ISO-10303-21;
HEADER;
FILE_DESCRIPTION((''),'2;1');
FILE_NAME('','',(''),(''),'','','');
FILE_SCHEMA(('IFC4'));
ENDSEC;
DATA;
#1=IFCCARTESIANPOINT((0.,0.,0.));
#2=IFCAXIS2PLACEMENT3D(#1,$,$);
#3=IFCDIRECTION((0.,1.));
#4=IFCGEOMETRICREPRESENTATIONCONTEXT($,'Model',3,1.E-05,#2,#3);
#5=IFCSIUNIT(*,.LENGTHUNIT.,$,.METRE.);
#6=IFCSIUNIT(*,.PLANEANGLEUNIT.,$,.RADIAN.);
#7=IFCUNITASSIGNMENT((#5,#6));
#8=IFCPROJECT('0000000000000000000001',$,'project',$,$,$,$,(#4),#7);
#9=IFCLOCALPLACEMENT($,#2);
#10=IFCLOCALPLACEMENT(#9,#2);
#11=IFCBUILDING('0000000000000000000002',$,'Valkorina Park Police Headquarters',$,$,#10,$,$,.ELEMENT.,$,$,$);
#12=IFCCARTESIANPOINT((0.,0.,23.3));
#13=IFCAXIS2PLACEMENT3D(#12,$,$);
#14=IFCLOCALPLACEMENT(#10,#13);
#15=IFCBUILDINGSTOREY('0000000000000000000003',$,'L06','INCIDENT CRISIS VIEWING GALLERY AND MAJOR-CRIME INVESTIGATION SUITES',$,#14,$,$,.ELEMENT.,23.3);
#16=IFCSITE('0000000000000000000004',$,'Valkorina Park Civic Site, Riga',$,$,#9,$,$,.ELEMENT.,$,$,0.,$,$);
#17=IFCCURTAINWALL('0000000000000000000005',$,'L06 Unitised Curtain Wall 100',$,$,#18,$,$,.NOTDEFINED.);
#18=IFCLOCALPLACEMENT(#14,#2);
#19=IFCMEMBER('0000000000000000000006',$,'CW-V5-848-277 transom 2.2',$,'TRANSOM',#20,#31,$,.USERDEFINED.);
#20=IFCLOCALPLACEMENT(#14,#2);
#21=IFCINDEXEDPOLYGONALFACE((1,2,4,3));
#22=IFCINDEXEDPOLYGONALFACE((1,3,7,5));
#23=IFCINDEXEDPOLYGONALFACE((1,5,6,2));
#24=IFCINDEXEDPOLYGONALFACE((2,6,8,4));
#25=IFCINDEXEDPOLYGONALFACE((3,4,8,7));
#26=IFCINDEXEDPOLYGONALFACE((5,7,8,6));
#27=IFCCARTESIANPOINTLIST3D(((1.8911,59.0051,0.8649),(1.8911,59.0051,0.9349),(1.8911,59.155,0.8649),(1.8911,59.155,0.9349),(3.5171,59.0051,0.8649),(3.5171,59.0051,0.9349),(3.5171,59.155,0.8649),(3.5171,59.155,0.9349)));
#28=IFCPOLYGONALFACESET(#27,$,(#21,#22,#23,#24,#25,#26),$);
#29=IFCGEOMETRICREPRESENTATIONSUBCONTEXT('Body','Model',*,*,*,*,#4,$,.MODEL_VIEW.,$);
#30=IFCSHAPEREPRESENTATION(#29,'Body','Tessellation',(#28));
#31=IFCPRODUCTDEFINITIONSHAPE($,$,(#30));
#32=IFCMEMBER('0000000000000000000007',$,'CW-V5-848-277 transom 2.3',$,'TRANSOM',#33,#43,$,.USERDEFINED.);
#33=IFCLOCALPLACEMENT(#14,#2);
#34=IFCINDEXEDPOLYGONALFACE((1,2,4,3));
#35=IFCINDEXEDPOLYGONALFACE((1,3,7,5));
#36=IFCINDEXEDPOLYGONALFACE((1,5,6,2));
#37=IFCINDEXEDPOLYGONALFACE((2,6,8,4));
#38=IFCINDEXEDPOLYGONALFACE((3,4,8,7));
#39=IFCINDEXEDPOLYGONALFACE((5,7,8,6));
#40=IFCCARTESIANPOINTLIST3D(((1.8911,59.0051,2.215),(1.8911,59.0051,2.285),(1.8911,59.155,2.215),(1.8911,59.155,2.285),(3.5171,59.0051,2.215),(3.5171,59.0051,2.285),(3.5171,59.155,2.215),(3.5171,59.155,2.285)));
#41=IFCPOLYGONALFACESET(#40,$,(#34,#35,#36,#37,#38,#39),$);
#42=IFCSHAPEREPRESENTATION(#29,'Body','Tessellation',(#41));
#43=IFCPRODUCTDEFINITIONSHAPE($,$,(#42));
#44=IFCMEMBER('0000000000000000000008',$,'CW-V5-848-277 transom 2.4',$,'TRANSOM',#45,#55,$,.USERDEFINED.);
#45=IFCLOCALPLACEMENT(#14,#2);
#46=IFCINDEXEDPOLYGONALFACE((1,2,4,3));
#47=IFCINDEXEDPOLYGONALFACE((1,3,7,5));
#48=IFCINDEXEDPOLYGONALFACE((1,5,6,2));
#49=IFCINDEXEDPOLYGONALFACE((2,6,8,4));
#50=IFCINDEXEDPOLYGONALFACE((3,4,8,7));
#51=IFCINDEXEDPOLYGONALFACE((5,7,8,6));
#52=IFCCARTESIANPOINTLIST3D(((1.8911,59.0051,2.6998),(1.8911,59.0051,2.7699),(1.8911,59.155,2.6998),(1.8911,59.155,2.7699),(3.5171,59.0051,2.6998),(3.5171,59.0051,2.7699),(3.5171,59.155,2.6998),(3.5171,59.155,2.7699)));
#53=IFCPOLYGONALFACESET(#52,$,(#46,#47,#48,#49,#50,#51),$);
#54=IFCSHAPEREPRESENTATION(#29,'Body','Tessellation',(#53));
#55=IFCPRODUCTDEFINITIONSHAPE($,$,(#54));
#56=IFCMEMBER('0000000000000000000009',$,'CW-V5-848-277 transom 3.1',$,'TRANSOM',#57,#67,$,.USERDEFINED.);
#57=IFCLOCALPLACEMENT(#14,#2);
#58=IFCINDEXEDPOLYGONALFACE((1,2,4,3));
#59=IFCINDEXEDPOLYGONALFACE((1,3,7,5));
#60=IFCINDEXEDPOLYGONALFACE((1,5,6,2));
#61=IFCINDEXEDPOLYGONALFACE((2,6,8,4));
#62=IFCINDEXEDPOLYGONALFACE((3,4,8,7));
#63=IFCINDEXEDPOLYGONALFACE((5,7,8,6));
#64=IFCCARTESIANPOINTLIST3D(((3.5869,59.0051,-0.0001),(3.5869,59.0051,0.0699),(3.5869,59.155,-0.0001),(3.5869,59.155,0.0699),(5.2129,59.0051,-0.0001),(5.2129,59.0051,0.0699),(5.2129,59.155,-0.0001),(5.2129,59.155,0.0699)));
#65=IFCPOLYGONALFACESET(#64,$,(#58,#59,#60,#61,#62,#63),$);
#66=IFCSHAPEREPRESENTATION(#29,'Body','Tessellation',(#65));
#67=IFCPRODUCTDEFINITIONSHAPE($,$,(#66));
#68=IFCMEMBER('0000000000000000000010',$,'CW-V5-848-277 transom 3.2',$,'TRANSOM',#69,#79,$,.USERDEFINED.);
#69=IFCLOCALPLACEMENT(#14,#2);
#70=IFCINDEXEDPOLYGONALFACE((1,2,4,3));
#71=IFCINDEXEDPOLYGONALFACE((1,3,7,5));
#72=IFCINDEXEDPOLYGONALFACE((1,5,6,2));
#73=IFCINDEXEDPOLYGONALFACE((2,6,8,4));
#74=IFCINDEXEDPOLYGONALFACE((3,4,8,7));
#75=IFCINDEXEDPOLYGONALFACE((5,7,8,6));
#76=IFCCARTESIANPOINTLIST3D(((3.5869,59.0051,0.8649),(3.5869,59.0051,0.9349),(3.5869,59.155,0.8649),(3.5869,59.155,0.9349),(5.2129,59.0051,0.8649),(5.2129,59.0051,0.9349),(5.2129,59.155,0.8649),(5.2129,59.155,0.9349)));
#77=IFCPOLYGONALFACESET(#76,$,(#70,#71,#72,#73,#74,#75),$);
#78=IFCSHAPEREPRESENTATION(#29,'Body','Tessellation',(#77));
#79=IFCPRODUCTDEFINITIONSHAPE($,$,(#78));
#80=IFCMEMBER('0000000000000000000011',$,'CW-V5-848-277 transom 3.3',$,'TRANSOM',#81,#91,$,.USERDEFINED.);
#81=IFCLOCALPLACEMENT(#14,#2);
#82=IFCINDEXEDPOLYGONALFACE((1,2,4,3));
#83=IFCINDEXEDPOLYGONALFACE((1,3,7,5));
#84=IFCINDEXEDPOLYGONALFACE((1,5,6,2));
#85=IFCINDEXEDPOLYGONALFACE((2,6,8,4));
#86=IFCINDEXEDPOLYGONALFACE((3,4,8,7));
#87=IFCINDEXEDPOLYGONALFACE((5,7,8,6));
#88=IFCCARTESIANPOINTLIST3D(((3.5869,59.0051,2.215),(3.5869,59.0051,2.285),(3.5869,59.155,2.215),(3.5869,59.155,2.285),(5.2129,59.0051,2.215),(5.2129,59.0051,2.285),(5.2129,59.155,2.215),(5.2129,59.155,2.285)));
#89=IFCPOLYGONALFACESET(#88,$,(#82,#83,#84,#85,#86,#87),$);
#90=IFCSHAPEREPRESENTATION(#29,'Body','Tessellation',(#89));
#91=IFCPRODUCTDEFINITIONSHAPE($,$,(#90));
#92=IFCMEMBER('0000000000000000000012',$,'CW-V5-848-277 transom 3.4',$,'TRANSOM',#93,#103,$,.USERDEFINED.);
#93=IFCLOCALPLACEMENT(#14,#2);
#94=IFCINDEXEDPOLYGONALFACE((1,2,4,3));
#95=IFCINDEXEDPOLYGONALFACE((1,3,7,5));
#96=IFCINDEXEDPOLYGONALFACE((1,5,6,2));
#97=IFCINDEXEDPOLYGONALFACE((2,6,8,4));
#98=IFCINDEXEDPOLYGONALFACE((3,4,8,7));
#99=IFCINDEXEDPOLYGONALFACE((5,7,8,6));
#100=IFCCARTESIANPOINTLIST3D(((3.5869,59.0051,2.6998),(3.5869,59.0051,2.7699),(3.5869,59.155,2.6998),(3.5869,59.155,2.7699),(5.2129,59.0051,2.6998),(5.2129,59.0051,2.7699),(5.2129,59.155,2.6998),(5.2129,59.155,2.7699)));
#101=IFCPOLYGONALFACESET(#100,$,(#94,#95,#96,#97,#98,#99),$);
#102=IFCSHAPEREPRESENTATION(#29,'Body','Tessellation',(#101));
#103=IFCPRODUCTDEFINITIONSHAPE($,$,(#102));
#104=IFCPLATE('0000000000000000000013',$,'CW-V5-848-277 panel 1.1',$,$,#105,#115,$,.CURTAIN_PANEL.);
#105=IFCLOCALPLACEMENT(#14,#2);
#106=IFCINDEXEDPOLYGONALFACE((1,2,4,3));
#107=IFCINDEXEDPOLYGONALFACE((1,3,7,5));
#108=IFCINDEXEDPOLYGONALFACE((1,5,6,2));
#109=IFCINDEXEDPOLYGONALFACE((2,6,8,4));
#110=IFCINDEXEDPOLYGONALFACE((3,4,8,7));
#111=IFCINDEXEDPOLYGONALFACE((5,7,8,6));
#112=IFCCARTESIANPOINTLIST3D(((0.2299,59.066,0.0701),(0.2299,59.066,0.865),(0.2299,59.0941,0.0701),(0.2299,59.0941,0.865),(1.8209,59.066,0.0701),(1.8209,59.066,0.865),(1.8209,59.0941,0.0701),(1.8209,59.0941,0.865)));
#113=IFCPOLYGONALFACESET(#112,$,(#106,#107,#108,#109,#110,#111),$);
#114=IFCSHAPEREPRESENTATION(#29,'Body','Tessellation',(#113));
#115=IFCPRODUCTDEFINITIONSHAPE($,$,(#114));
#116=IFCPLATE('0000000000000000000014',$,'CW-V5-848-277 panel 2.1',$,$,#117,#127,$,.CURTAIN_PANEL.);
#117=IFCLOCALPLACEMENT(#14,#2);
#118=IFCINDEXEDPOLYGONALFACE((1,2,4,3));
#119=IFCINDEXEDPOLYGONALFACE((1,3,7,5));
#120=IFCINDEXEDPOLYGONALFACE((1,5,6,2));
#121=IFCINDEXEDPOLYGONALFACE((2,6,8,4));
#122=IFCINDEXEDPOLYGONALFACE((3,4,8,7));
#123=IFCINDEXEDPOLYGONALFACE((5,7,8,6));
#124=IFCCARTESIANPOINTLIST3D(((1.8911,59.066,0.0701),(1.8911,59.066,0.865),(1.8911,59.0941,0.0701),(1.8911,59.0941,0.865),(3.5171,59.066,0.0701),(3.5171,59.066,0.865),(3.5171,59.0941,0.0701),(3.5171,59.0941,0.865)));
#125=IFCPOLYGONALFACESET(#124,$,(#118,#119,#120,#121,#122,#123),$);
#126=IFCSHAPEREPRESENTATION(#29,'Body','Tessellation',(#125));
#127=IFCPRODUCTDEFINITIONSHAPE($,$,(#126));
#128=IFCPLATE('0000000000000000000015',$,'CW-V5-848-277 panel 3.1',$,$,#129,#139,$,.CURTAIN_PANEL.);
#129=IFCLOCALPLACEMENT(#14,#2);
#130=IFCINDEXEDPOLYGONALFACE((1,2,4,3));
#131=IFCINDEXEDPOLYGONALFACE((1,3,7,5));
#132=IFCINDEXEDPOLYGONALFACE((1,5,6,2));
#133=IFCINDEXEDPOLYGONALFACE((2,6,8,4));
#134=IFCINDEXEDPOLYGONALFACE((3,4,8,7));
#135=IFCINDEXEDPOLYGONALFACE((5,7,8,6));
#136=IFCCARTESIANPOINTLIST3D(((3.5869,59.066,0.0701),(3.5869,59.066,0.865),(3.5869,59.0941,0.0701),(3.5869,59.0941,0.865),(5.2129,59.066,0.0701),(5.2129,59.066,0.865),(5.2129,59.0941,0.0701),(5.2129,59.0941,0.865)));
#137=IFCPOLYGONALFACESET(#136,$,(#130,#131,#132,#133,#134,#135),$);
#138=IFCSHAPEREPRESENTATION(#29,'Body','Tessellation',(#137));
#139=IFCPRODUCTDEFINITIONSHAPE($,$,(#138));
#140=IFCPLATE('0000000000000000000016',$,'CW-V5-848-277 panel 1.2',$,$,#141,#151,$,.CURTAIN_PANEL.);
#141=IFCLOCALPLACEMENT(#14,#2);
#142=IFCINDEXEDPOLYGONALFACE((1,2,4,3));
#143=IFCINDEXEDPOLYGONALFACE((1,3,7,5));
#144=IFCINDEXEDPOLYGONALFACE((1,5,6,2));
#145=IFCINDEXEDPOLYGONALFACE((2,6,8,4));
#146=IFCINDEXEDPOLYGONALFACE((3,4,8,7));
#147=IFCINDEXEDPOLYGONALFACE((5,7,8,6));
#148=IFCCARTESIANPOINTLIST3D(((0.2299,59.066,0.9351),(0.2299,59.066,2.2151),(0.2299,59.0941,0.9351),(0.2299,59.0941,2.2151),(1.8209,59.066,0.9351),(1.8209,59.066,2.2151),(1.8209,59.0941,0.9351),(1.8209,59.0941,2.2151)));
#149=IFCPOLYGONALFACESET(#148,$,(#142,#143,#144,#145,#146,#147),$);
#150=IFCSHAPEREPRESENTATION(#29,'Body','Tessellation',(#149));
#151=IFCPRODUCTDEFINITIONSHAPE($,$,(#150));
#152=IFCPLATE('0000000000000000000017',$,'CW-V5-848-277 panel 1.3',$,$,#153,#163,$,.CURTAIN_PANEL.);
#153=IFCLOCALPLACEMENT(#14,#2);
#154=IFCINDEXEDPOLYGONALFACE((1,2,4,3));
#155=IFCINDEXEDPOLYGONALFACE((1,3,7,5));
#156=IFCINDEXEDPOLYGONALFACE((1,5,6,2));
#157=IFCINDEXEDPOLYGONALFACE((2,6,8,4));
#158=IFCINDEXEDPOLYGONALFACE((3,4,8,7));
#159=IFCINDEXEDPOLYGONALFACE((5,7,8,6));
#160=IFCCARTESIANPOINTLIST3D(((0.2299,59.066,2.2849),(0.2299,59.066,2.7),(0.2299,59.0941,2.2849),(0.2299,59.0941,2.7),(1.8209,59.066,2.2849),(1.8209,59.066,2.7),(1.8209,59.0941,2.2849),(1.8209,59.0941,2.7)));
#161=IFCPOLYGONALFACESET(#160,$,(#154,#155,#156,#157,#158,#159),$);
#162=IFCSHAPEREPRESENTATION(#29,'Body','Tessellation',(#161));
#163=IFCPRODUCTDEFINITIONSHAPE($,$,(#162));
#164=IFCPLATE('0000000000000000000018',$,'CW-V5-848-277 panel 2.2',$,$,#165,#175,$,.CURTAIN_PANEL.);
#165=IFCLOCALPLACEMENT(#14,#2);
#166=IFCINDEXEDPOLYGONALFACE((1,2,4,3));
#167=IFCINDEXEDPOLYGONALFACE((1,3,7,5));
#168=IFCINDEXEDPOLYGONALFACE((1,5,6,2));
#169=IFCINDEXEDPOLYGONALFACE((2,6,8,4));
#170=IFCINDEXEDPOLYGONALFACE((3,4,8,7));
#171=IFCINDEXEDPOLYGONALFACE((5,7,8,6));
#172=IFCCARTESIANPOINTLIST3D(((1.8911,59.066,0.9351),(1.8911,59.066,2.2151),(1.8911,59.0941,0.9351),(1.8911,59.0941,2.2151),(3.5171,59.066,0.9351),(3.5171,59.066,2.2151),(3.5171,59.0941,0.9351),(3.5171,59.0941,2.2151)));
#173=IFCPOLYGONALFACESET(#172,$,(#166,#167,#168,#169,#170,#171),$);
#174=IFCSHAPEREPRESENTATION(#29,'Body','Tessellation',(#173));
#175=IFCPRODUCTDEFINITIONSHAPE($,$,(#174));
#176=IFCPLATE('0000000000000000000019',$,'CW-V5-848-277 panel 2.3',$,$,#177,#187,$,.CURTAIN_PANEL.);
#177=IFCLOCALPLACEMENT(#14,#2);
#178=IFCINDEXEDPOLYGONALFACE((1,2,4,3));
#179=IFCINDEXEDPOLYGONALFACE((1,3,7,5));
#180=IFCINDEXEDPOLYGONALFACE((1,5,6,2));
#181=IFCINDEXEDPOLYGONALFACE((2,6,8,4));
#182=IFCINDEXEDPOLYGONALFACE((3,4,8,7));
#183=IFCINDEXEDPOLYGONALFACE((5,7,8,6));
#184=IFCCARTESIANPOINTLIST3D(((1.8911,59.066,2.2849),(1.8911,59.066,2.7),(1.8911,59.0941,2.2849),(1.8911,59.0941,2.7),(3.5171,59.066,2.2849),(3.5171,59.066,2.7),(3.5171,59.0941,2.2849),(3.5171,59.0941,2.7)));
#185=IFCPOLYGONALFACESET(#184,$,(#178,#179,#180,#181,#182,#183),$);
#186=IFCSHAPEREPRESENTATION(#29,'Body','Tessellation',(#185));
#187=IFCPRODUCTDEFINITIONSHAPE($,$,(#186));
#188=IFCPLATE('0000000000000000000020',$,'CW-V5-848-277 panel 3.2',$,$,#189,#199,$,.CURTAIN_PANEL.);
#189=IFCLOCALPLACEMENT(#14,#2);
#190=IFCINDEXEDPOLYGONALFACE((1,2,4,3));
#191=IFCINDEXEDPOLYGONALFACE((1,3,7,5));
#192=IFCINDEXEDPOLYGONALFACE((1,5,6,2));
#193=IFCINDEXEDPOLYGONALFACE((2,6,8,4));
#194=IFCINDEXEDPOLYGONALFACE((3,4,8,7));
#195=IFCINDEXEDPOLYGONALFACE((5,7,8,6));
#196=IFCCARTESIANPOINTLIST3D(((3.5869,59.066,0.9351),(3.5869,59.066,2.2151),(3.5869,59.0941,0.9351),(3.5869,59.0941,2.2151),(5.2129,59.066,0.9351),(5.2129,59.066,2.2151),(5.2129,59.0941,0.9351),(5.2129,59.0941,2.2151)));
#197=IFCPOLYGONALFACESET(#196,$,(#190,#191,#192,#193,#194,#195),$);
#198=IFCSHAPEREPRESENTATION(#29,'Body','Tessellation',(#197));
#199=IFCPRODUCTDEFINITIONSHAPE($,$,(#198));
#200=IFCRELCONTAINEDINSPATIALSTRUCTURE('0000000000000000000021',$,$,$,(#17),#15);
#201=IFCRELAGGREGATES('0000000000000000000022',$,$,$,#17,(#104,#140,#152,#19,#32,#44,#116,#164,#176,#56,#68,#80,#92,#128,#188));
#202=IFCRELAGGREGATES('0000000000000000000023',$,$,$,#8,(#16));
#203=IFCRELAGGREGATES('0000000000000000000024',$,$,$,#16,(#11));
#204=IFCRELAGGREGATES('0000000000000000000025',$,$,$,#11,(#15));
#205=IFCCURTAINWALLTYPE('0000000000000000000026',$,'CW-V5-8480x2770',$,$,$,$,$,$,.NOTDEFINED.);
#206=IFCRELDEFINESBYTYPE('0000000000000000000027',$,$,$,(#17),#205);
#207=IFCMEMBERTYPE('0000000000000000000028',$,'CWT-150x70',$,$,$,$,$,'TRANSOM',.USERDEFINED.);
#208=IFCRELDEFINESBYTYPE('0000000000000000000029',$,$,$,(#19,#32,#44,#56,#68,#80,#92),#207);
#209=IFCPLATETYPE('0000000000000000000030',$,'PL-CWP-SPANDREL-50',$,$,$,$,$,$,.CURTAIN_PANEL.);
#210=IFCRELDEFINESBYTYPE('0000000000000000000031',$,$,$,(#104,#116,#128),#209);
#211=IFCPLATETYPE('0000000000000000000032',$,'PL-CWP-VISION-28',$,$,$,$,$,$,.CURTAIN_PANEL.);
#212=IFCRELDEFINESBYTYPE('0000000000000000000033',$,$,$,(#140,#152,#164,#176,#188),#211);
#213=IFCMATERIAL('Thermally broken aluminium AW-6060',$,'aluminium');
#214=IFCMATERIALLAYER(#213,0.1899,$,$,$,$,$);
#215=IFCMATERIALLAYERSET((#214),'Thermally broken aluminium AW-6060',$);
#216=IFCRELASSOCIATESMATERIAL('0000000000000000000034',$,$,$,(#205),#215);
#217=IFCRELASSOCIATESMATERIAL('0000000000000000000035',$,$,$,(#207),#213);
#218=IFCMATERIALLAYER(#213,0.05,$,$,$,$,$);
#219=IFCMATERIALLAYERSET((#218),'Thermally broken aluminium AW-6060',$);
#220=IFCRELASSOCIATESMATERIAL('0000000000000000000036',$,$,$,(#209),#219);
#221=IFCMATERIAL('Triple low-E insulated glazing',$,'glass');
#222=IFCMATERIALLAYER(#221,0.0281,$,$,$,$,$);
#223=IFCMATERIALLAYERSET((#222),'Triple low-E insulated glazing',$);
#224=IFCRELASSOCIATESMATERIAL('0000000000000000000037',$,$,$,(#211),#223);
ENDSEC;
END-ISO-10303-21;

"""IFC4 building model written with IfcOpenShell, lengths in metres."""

from ifc_helpers import new_model, si_unit, direction, frame, origin, origin_2d, place, context, subcontext, project, spatial, rectangle, extrude, material, layer, layer_set, material_profile, profile_set, type_object, element, aggregate, save


model = new_model("IFC4")

# Units and contexts
model_context = context("Model", 3, precision=1e-05, world=origin(), true_north=direction((0.0, 1.0)))
body_context = subcontext(model_context, "Body", "Model", "MODEL_VIEW")
ifc_project = project(units=[si_unit("LENGTHUNIT", "METRE"), si_unit("PLANEANGLEUNIT", "RADIAN")], contexts=[model_context])

# Site, building, storey
site_placement = place(None, origin())
site = spatial("IfcSite", under=ifc_project, at=site_placement, Name="Valkorina Park Civic Site, Riga", CompositionType="ELEMENT", RefElevation=0.0)
building_placement = place(site_placement, origin())
building = spatial("IfcBuilding", under=site, at=building_placement, Name="Valkorina Park Police Headquarters", CompositionType="ELEMENT")
storey_placement = place(building_placement, frame((0.0, 0.0, 23.3)))
storey = spatial("IfcBuildingStorey", under=building, at=storey_placement, Name="L06", Description="INCIDENT CRISIS VIEWING GALLERY AND MAJOR-CRIME INVESTIGATION SUITES", CompositionType="ELEMENT", Elevation=23.3)

# Curtain wall, members, plates
ifc_material_1 = material(Name="Thermally broken aluminium AW-6060", Category="aluminium")
ifc_layer_1 = layer(ifc_material_1, 0.1899)
ifc_layer_set_1 = layer_set([ifc_layer_1], Name="Thermally broken aluminium AW-6060")
curtain_wall_type = type_object("IfcCurtainWallType", Name="CW-V5-8480x2770", PredefinedType="NOTDEFINED", material=ifc_layer_set_1)
curtain_wall_placement = place(storey_placement, origin())
curtain_wall = element("IfcCurtainWall", 1, at=curtain_wall_placement, inside=storey, type_object=curtain_wall_type, Name="L06 Unitised Curtain Wall 100", PredefinedType="NOTDEFINED")
ifc_material_profile_1 = material_profile(ifc_material_1, rectangle(XDim=0.1499, YDim=0.0701, at=origin_2d()), Name="CWT-02 150x70")
ifc_profile_set_1 = profile_set([ifc_material_profile_1], Name="Thermally broken aluminium AW-6060")
member_type_1 = type_object("IfcMemberType", Name="CWT-150x70", ElementType="TRANSOM", PredefinedType="USERDEFINED", material=ifc_profile_set_1)
member_1_placement = place(storey_placement, frame((1.8911, 59.0801, 0.8999), z_axis=(1.0, 0.0, 0.0), x_axis=(0.0, 1.0, 0.0)))
member_1 = element("IfcMember", 2, at=member_1_placement, type_object=member_type_1, Name="CW-V5-848-277 transom 2.2", ObjectType="TRANSOM", PredefinedType="USERDEFINED", context=body_context, shape_type="SweptSolid", body=[
    extrude(rectangle(XDim=0.1499, YDim=0.0701, at=origin_2d()), origin(), (0.0, 0.0, 1.0), 1.626),
])
member_2_placement = place(storey_placement, frame((1.8911, 59.0801, 2.25), z_axis=(1.0, 0.0, 0.0), x_axis=(0.0, 1.0, 0.0)))
member_2 = element("IfcMember", 3, at=member_2_placement, type_object=member_type_1, Name="CW-V5-848-277 transom 2.3", ObjectType="TRANSOM", PredefinedType="USERDEFINED", context=body_context, shape_type="SweptSolid", body=[
    extrude(rectangle(XDim=0.1499, YDim=0.0701, at=origin_2d()), origin(), (0.0, 0.0, 1.0), 1.626),
])
member_3_placement = place(storey_placement, frame((1.8911, 59.0801, 2.7349), z_axis=(1.0, 0.0, 0.0), x_axis=(0.0, 1.0, 0.0)))
member_3 = element("IfcMember", 4, at=member_3_placement, type_object=member_type_1, Name="CW-V5-848-277 transom 2.4", ObjectType="TRANSOM", PredefinedType="USERDEFINED", context=body_context, shape_type="SweptSolid", body=[
    extrude(rectangle(XDim=0.1499, YDim=0.0701, at=origin_2d()), origin(), (0.0, 0.0, 1.0), 1.626),
])
member_4_placement = place(storey_placement, frame((3.5869, 59.0801, 0.0349), z_axis=(1.0, 0.0, 0.0), x_axis=(0.0, 1.0, 0.0)))
member_4 = element("IfcMember", 5, at=member_4_placement, type_object=member_type_1, Name="CW-V5-848-277 transom 3.1", ObjectType="TRANSOM", PredefinedType="USERDEFINED", context=body_context, shape_type="SweptSolid", body=[
    extrude(rectangle(XDim=0.1499, YDim=0.0701, at=origin_2d()), origin(), (0.0, 0.0, 1.0), 1.626),
])
member_5_placement = place(storey_placement, frame((3.5869, 59.0801, 0.8999), z_axis=(1.0, 0.0, 0.0), x_axis=(0.0, 1.0, 0.0)))
member_5 = element("IfcMember", 6, at=member_5_placement, type_object=member_type_1, Name="CW-V5-848-277 transom 3.2", ObjectType="TRANSOM", PredefinedType="USERDEFINED", context=body_context, shape_type="SweptSolid", body=[
    extrude(rectangle(XDim=0.1499, YDim=0.0701, at=origin_2d()), origin(), (0.0, 0.0, 1.0), 1.626),
])
member_6_placement = place(storey_placement, frame((3.5869, 59.0801, 2.25), z_axis=(1.0, 0.0, 0.0), x_axis=(0.0, 1.0, 0.0)))
member_6 = element("IfcMember", 7, at=member_6_placement, type_object=member_type_1, Name="CW-V5-848-277 transom 3.3", ObjectType="TRANSOM", PredefinedType="USERDEFINED", context=body_context, shape_type="SweptSolid", body=[
    extrude(rectangle(XDim=0.1499, YDim=0.0701, at=origin_2d()), origin(), (0.0, 0.0, 1.0), 1.626),
])
member_7_placement = place(storey_placement, frame((3.5869, 59.0801, 2.7349), z_axis=(1.0, 0.0, 0.0), x_axis=(0.0, 1.0, 0.0)))
member_7 = element("IfcMember", 8, at=member_7_placement, type_object=member_type_1, Name="CW-V5-848-277 transom 3.4", ObjectType="TRANSOM", PredefinedType="USERDEFINED", context=body_context, shape_type="SweptSolid", body=[
    extrude(rectangle(XDim=0.1499, YDim=0.0701, at=origin_2d()), origin(), (0.0, 0.0, 1.0), 1.626),
])
ifc_layer_2 = layer(ifc_material_1, 0.05)
ifc_layer_set_2 = layer_set([ifc_layer_2], Name="Thermally broken aluminium AW-6060")
plate_type_1 = type_object("IfcPlateType", Name="PL-CWP-SPANDREL-50", PredefinedType="CURTAIN_PANEL", material=ifc_layer_set_2)
plate_1_placement = place(storey_placement, frame((1.0254, 59.0801, 0.0701), z_axis=(0.0, 0.0, 1.0), x_axis=(1.0, 0.0, 0.0)))
plate_1 = element("IfcPlate", 9, at=plate_1_placement, type_object=plate_type_1, Name="CW-V5-848-277 panel 1.1", PredefinedType="CURTAIN_PANEL", context=body_context, shape_type="SweptSolid", body=[
    extrude(rectangle(XDim=1.5911, YDim=0.0281, at=origin_2d()), origin(), (0.0, 0.0, 1.0), 0.7949),
])
plate_2_placement = place(storey_placement, frame((2.7041, 59.0801, 0.0701), z_axis=(0.0, 0.0, 1.0), x_axis=(1.0, 0.0, 0.0)))
plate_2 = element("IfcPlate", 10, at=plate_2_placement, type_object=plate_type_1, Name="CW-V5-848-277 panel 2.1", PredefinedType="CURTAIN_PANEL", context=body_context, shape_type="SweptSolid", body=[
    extrude(rectangle(XDim=1.626, YDim=0.0281, at=origin_2d()), origin(), (0.0, 0.0, 1.0), 0.7949),
])
plate_3_placement = place(storey_placement, frame((4.3999, 59.0801, 0.0701), z_axis=(0.0, 0.0, 1.0), x_axis=(1.0, 0.0, 0.0)))
plate_3 = element("IfcPlate", 11, at=plate_3_placement, type_object=plate_type_1, Name="CW-V5-848-277 panel 3.1", PredefinedType="CURTAIN_PANEL", context=body_context, shape_type="SweptSolid", body=[
    extrude(rectangle(XDim=1.626, YDim=0.0281, at=origin_2d()), origin(), (0.0, 0.0, 1.0), 0.7949),
])
ifc_material_2 = material(Name="Triple low-E insulated glazing", Category="glass")
ifc_layer_3 = layer(ifc_material_2, 0.0281)
ifc_layer_set_3 = layer_set([ifc_layer_3], Name="Triple low-E insulated glazing")
plate_type_2 = type_object("IfcPlateType", Name="PL-CWP-VISION-28", PredefinedType="CURTAIN_PANEL", material=ifc_layer_set_3)
plate_4_placement = place(storey_placement, frame((1.0254, 59.0801, 0.9351), z_axis=(0.0, 0.0, 1.0), x_axis=(1.0, 0.0, 0.0)))
plate_4 = element("IfcPlate", 12, at=plate_4_placement, type_object=plate_type_2, Name="CW-V5-848-277 panel 1.2", PredefinedType="CURTAIN_PANEL", context=body_context, shape_type="SweptSolid", body=[
    extrude(rectangle(XDim=1.5911, YDim=0.0281, at=origin_2d()), origin(), (0.0, 0.0, 1.0), 1.28),
])
plate_5_placement = place(storey_placement, frame((1.0254, 59.0801, 2.2849), z_axis=(0.0, 0.0, 1.0), x_axis=(1.0, 0.0, 0.0)))
plate_5 = element("IfcPlate", 13, at=plate_5_placement, type_object=plate_type_2, Name="CW-V5-848-277 panel 1.3", PredefinedType="CURTAIN_PANEL", context=body_context, shape_type="SweptSolid", body=[
    extrude(rectangle(XDim=1.5911, YDim=0.0281, at=origin_2d()), origin(), (0.0, 0.0, 1.0), 0.415),
])
plate_6_placement = place(storey_placement, frame((2.7041, 59.0801, 0.9351), z_axis=(0.0, 0.0, 1.0), x_axis=(1.0, 0.0, 0.0)))
plate_6 = element("IfcPlate", 14, at=plate_6_placement, type_object=plate_type_2, Name="CW-V5-848-277 panel 2.2", PredefinedType="CURTAIN_PANEL", context=body_context, shape_type="SweptSolid", body=[
    extrude(rectangle(XDim=1.626, YDim=0.0281, at=origin_2d()), origin(), (0.0, 0.0, 1.0), 1.28),
])
plate_7_placement = place(storey_placement, frame((2.7041, 59.0801, 2.2849), z_axis=(0.0, 0.0, 1.0), x_axis=(1.0, 0.0, 0.0)))
plate_7 = element("IfcPlate", 15, at=plate_7_placement, type_object=plate_type_2, Name="CW-V5-848-277 panel 2.3", PredefinedType="CURTAIN_PANEL", context=body_context, shape_type="SweptSolid", body=[
    extrude(rectangle(XDim=1.626, YDim=0.0281, at=origin_2d()), origin(), (0.0, 0.0, 1.0), 0.415),
])
plate_8_placement = place(storey_placement, frame((4.3999, 59.0801, 0.9351), z_axis=(0.0, 0.0, 1.0), x_axis=(1.0, 0.0, 0.0)))
plate_8 = element("IfcPlate", 16, at=plate_8_placement, type_object=plate_type_2, Name="CW-V5-848-277 panel 3.2", PredefinedType="CURTAIN_PANEL", context=body_context, shape_type="SweptSolid", body=[
    extrude(rectangle(XDim=1.626, YDim=0.0281, at=origin_2d()), origin(), (0.0, 0.0, 1.0), 1.28),
])
aggregate(curtain_wall, [plate_1, plate_4, plate_5, member_1, member_2, member_3, plate_2, plate_6, plate_7, member_4, member_5, member_6, member_7, plate_3, plate_8])

save(model, "model.ifc")
